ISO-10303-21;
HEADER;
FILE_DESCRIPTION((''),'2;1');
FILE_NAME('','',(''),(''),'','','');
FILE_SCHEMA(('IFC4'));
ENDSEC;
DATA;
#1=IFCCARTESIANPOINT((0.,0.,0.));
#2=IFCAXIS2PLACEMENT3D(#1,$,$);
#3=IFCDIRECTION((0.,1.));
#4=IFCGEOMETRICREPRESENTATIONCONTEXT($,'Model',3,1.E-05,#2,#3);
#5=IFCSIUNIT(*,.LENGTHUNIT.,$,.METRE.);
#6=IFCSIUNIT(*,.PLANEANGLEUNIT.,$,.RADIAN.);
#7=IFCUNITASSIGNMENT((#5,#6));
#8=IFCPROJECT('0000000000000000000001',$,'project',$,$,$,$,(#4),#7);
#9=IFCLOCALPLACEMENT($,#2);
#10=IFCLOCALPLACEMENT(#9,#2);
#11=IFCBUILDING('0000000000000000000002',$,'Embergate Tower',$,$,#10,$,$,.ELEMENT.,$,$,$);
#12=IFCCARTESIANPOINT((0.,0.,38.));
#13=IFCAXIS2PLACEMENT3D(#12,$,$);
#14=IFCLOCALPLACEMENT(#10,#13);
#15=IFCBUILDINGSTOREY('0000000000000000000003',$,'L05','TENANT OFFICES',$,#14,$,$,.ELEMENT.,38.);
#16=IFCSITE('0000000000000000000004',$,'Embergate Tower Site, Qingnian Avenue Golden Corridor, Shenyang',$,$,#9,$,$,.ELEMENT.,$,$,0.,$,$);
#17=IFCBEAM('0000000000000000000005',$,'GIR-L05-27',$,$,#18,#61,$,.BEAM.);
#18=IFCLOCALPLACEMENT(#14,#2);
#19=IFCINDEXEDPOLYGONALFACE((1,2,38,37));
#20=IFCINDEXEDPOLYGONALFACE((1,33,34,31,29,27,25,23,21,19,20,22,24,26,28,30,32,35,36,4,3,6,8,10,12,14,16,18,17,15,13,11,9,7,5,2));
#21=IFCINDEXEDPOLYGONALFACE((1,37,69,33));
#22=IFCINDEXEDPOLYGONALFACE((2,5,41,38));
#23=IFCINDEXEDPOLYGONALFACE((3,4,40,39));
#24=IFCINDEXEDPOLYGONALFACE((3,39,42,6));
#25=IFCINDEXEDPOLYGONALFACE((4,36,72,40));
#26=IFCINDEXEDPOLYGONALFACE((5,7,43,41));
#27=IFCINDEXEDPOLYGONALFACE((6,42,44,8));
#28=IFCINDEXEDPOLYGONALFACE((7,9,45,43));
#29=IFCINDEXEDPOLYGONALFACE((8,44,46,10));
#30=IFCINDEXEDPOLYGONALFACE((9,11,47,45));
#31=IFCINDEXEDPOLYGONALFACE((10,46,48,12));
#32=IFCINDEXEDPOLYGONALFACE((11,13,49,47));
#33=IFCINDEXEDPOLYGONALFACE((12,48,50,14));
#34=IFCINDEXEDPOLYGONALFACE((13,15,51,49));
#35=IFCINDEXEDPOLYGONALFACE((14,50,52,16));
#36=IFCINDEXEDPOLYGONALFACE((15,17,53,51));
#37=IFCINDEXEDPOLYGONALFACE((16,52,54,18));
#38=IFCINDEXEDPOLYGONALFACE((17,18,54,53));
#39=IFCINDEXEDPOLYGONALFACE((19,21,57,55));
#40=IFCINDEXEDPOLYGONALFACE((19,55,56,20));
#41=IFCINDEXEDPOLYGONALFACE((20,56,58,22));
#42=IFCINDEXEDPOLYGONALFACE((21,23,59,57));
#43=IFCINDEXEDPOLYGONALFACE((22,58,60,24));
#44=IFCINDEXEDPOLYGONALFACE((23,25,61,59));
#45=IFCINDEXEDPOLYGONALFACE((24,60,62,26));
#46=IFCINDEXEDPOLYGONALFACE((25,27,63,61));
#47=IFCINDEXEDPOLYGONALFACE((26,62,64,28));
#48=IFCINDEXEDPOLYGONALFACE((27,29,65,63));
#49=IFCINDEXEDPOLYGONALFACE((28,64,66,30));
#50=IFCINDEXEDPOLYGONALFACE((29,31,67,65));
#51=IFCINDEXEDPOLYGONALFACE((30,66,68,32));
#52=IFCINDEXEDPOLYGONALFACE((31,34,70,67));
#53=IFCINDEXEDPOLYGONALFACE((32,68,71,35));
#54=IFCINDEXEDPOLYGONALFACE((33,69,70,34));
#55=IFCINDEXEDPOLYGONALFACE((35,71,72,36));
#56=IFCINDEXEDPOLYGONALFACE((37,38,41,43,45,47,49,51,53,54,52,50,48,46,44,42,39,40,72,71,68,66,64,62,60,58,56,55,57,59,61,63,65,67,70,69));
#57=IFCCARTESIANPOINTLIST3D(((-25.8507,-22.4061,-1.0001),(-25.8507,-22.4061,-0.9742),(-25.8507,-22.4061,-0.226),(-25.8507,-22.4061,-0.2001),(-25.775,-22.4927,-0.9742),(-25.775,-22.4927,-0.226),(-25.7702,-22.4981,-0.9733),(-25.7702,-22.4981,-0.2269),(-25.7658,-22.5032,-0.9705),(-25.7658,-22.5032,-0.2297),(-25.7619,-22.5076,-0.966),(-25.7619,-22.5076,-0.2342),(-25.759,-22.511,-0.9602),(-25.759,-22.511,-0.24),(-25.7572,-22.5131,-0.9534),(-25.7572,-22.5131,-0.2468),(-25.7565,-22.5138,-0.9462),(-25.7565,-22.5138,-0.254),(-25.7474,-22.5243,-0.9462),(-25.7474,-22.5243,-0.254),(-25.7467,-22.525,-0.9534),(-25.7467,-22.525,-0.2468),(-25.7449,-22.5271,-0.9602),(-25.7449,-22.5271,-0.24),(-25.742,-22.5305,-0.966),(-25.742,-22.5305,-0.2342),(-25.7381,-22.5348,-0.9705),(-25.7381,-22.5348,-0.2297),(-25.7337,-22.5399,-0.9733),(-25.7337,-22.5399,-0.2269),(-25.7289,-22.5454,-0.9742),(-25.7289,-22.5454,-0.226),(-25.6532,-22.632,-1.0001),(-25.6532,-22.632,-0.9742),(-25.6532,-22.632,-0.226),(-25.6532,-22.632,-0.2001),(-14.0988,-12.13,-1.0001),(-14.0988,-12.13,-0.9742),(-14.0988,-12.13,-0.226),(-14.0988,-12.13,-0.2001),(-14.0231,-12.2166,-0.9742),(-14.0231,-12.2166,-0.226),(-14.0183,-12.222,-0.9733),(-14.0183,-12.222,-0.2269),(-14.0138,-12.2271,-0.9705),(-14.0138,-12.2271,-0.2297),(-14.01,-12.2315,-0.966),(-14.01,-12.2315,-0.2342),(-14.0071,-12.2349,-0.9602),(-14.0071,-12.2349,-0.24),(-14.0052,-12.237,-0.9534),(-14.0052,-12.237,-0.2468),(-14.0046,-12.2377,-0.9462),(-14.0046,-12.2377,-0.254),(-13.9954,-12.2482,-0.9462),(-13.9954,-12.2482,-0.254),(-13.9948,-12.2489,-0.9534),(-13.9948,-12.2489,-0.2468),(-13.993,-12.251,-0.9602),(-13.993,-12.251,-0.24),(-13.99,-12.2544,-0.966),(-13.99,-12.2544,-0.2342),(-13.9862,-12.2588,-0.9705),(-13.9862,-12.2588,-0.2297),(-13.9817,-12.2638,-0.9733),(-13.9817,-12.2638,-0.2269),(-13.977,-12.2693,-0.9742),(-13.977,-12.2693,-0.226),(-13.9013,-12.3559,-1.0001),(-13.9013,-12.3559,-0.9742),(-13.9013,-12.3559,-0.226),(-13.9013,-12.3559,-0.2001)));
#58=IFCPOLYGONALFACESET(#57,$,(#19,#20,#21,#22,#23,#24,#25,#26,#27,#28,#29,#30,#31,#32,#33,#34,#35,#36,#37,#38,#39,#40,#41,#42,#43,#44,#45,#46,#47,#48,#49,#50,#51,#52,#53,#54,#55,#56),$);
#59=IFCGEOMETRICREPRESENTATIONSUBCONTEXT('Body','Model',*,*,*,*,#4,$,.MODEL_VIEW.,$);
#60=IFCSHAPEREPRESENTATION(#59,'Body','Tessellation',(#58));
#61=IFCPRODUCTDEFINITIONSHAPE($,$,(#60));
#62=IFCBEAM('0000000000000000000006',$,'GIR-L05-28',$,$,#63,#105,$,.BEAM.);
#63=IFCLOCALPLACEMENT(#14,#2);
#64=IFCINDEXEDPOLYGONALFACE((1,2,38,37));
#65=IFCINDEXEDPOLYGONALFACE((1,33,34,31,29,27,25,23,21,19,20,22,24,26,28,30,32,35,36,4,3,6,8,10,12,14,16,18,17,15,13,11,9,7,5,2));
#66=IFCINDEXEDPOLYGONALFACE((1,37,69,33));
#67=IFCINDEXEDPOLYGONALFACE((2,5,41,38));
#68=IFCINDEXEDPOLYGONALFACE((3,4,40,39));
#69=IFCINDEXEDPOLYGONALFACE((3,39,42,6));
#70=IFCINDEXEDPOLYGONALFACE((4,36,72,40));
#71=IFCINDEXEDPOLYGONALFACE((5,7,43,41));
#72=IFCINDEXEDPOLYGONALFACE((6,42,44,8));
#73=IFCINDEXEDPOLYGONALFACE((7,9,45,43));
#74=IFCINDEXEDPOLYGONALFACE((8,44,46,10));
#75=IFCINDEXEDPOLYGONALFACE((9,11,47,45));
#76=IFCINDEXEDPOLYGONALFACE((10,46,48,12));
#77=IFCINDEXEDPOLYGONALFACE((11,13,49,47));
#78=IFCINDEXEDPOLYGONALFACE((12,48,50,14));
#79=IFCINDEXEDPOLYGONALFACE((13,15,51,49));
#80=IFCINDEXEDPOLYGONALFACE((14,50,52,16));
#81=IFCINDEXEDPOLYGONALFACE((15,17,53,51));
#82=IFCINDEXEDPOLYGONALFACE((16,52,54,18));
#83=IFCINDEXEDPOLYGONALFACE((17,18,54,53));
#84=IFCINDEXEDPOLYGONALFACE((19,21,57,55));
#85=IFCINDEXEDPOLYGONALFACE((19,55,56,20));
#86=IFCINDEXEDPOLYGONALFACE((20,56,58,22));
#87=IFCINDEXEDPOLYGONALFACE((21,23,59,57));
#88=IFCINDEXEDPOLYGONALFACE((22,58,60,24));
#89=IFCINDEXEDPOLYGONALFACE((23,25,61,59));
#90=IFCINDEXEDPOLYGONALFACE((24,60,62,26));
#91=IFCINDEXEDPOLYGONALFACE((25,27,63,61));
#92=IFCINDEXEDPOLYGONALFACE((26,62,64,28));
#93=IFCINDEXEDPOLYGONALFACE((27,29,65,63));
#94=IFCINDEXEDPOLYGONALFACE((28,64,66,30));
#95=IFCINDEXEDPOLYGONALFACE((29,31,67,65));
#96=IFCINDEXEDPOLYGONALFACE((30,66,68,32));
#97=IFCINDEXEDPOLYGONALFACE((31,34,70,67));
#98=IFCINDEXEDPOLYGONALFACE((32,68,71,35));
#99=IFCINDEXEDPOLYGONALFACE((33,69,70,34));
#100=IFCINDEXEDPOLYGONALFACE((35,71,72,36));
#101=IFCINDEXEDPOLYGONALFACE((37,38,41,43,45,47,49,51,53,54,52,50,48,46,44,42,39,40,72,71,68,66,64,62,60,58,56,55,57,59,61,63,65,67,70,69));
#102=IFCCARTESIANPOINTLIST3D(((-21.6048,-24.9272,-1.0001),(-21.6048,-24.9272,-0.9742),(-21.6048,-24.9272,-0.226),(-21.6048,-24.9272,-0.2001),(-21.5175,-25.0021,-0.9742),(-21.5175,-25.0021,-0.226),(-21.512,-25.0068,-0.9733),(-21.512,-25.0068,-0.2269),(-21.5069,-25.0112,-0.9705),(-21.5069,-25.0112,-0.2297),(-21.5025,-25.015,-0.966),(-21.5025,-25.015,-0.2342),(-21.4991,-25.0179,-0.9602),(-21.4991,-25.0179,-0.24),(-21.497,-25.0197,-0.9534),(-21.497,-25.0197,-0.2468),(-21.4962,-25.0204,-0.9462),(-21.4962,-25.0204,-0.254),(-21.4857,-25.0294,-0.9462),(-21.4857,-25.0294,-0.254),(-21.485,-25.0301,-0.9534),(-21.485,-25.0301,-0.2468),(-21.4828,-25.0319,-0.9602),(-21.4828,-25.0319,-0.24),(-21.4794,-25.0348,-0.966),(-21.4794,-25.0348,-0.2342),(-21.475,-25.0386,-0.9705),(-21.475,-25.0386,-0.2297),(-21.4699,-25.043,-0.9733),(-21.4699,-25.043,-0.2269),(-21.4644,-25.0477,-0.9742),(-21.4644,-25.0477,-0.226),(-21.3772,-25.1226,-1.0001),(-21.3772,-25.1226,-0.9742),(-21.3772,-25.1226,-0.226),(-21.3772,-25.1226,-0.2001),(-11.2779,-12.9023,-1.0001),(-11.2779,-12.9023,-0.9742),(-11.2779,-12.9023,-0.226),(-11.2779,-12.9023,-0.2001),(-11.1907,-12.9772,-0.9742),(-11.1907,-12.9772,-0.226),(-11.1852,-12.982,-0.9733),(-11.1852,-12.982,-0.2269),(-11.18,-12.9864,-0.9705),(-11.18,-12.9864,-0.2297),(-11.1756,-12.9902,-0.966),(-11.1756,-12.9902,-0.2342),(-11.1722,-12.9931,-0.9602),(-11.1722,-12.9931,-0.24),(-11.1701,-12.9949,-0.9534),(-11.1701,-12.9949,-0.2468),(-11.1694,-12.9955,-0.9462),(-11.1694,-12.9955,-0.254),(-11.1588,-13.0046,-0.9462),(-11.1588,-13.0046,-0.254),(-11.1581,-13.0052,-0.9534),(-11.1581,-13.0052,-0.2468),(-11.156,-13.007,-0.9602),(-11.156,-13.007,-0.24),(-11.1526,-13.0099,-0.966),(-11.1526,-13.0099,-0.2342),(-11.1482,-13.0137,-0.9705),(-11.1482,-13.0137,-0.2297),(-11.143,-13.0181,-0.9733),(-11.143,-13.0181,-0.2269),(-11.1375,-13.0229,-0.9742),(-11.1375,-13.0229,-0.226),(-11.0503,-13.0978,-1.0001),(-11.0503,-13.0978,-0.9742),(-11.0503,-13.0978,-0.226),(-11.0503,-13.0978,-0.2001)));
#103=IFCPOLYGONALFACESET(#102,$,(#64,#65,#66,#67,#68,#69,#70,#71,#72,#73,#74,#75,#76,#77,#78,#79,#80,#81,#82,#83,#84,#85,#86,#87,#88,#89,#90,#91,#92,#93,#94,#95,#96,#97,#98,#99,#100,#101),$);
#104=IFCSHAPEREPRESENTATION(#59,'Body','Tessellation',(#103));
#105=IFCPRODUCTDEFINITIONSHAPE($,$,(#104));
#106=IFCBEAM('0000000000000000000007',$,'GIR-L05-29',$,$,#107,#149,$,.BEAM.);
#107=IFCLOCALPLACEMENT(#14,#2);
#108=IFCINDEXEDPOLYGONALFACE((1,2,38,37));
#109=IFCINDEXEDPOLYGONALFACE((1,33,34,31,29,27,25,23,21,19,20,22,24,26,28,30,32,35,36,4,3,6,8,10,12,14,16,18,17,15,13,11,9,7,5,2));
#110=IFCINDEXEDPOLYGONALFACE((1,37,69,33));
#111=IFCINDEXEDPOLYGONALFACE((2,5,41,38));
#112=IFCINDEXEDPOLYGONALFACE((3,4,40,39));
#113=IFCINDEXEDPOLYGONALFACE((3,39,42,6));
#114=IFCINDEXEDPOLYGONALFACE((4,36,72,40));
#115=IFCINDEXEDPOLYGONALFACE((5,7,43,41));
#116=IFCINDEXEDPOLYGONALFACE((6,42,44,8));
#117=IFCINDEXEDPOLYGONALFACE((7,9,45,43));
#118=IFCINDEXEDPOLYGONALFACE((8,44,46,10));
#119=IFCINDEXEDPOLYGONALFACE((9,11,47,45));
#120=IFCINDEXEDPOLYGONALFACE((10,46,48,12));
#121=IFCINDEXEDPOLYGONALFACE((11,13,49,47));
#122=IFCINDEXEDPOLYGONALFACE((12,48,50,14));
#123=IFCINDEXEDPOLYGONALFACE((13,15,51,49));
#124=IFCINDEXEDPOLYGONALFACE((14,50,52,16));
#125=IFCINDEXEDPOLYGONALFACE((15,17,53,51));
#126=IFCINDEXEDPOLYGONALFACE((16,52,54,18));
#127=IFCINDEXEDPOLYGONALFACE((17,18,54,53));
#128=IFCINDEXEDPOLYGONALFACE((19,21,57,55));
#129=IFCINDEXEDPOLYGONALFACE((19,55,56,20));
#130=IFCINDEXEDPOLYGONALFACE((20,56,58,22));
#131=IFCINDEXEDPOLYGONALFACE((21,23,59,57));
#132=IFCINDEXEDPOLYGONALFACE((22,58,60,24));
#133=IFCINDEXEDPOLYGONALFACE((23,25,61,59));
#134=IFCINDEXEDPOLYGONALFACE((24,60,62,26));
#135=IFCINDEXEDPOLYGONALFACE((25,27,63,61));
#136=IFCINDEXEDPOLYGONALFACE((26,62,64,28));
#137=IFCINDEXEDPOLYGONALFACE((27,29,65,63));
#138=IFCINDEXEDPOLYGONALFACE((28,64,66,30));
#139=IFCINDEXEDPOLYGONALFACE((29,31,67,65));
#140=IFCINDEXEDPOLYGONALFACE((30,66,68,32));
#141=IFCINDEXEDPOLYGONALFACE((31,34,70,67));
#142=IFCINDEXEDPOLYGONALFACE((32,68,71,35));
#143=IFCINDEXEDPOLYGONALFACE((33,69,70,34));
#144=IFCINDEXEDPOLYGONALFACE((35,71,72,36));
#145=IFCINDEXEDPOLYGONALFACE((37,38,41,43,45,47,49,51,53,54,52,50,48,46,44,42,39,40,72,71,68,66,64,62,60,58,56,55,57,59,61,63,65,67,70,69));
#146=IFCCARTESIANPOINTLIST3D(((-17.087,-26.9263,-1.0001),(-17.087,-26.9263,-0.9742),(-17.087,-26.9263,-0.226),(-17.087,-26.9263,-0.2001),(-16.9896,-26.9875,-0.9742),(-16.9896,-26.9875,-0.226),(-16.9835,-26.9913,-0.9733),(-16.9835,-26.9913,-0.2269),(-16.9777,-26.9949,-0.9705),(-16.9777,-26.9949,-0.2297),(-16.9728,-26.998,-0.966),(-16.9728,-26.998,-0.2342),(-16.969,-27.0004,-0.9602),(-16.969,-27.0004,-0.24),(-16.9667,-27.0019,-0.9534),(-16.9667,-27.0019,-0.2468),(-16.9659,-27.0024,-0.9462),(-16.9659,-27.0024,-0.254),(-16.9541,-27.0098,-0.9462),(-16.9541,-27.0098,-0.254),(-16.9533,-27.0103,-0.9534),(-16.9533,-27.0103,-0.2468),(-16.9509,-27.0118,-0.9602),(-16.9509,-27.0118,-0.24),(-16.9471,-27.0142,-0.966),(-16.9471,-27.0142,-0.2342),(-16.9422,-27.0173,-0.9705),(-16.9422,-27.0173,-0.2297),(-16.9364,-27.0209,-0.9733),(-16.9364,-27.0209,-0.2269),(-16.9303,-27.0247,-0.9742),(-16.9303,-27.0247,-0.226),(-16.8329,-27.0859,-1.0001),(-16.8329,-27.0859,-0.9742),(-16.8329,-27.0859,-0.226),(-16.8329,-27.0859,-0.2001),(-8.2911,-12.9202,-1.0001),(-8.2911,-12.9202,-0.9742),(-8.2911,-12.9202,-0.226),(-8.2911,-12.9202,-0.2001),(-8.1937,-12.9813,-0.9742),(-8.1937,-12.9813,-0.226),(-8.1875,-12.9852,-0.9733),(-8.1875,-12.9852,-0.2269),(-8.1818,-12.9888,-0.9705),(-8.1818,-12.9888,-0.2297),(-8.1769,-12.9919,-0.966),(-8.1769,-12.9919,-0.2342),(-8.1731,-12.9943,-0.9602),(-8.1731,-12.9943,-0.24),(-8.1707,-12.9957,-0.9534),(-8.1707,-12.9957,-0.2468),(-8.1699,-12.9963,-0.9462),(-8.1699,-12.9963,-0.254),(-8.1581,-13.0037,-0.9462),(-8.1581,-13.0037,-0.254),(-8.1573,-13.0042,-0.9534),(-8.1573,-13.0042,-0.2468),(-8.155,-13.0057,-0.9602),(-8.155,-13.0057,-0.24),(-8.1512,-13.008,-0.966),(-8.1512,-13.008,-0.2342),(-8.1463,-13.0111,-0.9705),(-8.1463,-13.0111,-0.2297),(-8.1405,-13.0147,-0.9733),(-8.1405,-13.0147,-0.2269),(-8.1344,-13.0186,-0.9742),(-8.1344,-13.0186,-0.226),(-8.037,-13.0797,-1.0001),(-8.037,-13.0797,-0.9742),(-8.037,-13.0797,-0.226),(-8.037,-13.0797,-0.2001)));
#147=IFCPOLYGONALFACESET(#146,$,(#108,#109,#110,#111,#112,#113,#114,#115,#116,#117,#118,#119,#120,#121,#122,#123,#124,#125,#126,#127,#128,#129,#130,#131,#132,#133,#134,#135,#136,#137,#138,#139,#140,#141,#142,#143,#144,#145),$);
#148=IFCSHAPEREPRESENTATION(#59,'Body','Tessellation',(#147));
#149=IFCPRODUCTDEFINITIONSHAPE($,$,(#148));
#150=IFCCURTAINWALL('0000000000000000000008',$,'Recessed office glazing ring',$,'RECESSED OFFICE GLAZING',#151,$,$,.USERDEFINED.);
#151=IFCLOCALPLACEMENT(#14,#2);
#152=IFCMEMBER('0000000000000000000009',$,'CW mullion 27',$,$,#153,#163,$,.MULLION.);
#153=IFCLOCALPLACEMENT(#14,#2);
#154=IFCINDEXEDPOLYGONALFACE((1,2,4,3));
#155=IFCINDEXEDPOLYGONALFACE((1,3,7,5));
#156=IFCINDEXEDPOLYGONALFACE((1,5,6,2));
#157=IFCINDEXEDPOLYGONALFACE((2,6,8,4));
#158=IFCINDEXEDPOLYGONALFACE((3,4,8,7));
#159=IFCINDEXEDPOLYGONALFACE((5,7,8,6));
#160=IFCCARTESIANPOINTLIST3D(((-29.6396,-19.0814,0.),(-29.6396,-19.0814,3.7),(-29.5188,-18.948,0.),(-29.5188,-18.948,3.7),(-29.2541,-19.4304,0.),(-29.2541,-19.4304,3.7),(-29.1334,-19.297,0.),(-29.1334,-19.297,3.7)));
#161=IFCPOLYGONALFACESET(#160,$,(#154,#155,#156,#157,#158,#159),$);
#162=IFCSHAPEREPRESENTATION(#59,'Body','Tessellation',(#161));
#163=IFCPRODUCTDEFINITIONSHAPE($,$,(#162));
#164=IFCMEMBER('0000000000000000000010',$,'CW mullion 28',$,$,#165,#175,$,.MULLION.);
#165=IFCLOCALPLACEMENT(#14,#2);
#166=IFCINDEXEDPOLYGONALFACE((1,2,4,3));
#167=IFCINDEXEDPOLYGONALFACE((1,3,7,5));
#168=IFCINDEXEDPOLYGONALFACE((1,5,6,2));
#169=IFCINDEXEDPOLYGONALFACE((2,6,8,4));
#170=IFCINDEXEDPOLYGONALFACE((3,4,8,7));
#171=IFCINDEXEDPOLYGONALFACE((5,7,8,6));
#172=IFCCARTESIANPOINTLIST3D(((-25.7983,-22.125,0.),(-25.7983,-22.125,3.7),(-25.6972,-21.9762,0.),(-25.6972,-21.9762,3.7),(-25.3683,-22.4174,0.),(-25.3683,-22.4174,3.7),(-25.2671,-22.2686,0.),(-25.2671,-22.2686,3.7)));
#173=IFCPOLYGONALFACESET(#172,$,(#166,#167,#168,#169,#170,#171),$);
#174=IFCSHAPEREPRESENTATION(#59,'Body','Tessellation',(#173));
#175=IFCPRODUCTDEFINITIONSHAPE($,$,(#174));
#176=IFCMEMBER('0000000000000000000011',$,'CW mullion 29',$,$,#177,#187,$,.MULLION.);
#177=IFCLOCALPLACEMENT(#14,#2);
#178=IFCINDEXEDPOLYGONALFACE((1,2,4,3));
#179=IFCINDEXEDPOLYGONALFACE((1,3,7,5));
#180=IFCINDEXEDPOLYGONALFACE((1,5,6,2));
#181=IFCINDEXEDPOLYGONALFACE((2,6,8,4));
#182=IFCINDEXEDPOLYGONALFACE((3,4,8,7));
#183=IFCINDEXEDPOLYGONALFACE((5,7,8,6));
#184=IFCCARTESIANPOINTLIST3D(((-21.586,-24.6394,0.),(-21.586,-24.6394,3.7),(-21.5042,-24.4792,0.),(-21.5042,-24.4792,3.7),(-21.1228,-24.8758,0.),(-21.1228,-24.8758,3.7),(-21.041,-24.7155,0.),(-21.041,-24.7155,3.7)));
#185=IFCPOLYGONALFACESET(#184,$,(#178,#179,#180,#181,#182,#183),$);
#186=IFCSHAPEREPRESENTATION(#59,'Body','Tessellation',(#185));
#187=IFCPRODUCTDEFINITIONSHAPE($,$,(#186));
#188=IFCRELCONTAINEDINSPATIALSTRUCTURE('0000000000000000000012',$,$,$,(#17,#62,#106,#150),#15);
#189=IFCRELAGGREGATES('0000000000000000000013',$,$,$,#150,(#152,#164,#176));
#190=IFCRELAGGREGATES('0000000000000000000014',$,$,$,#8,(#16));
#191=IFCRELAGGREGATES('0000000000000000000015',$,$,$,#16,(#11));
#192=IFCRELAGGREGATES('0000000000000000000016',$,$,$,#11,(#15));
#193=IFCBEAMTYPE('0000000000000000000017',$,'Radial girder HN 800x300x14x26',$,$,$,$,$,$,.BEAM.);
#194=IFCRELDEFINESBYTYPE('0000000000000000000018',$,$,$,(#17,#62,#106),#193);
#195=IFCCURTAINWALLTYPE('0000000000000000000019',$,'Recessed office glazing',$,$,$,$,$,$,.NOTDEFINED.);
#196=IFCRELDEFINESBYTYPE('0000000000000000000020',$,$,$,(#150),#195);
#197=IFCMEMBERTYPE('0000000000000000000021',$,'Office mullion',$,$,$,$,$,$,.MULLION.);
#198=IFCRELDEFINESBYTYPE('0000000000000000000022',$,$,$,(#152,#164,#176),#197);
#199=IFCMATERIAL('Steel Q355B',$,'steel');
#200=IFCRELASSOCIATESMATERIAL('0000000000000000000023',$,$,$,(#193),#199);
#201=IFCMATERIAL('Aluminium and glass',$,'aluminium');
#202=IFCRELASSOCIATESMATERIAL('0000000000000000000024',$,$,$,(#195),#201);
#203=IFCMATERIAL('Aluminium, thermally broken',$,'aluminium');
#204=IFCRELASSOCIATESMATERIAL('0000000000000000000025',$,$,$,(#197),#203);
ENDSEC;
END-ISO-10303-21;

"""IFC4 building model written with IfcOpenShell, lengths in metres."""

from ifc_helpers import new_model, si_unit, direction, frame, origin, origin_2d, place, context, subcontext, project, spatial, rectangle, i_section, extrude, source, transform, mapped, material, material_profile, profile_set, type_object, element, aggregate, save


model = new_model("IFC4")

# Units and contexts
model_context = context("Model", 3, precision=1e-05, world=origin(), true_north=direction((0.0, 1.0)))
body_context = subcontext(model_context, "Body", "Model", "MODEL_VIEW")
ifc_project = project(units=[si_unit("LENGTHUNIT", "METRE"), si_unit("PLANEANGLEUNIT", "RADIAN")], contexts=[model_context])

# Site, building, storey
site_placement = place(None, origin())
site = spatial("IfcSite", under=ifc_project, at=site_placement, Name="Embergate Tower Site, Qingnian Avenue Golden Corridor, Shenyang", CompositionType="ELEMENT", RefElevation=0.0)
building_placement = place(site_placement, origin())
building = spatial("IfcBuilding", under=site, at=building_placement, Name="Embergate Tower", CompositionType="ELEMENT")
storey_placement = place(building_placement, frame((0.0, 0.0, 38.0)))
storey = spatial("IfcBuildingStorey", under=building, at=storey_placement, Name="L05", Description="TENANT OFFICES", CompositionType="ELEMENT", Elevation=38.0)

# Beams
ifc_material_1 = material(Name="Steel Q355B", Category="steel")
ifc_material_profile_1 = material_profile(ifc_material_1, i_section(OverallWidth=0.3, OverallDepth=0.8, WebThickness=0.0139, FlangeThickness=0.0259, FilletRadius=0.0281, at=origin_2d()), Name="HN 800x300x14x26")
ifc_profile_set_1 = profile_set([ifc_material_profile_1], Name="Steel Q355 grade B")
beam_type_1 = type_object("IfcBeamType", Name="Radial girder HN 800x300x14x26", PredefinedType="BEAM", material=ifc_profile_set_1)
shared_shape_1 = source(origin(), body_context, "Body", "SweptSolid", [
    extrude(i_section(OverallWidth=0.3, OverallDepth=0.8, WebThickness=0.0139, FlangeThickness=0.0259, FilletRadius=0.0281, at=origin_2d()), origin(), (0.0, 0.0, 1.0), 15.6111),
])
beam_1_placement = place(storey_placement, frame((-25.752, -22.519, -0.6001), z_axis=(0.752794, 0.658257, 0.0), x_axis=(-0.658257, 0.752794, 0.0)))
element("IfcBeam", 1, at=beam_1_placement, inside=storey, type_object=beam_type_1, Name="GIR-L05-27", PredefinedType="BEAM", context=body_context, shape_type="MappedRepresentation", body=[
    mapped(shared_shape_1, transform((0.0, 0.0, 0.0))),
])
shared_shape_2 = source(origin(), body_context, "Body", "SweptSolid", [
    extrude(i_section(OverallWidth=0.3, OverallDepth=0.8, WebThickness=0.0139, FlangeThickness=0.0259, FilletRadius=0.0281, at=origin_2d()), origin(), (0.0, 0.0, 1.0), 15.8506),
])
beam_2_placement = place(storey_placement, frame((-21.491, -25.0249, -0.6001), z_axis=(0.651513, 0.758638, 0.0), x_axis=(-0.758638, 0.651513, 0.0)))
element("IfcBeam", 2, at=beam_2_placement, inside=storey, type_object=beam_type_1, Name="GIR-L05-28", PredefinedType="BEAM", context=body_context, shape_type="MappedRepresentation", body=[
    mapped(shared_shape_2, transform((0.0, 0.0, 0.0))),
])
shared_shape_3 = source(origin(), body_context, "Body", "SweptSolid", [
    extrude(i_section(OverallWidth=0.3, OverallDepth=0.8, WebThickness=0.0139, FlangeThickness=0.0259, FilletRadius=0.0281, at=origin_2d()), origin(), (0.0, 0.0, 1.0), 16.5391),
])
beam_3_placement = place(storey_placement, frame((-16.96, -27.0061, -0.6001), z_axis=(0.531827, 0.846853, 0.0), x_axis=(-0.846853, 0.531827, 0.0)))
element("IfcBeam", 3, at=beam_3_placement, inside=storey, type_object=beam_type_1, Name="GIR-L05-29", PredefinedType="BEAM", context=body_context, shape_type="MappedRepresentation", body=[
    mapped(shared_shape_3, transform((0.0, 0.0, 0.0))),
])

# Curtain wall, members
ifc_material_2 = material(Name="Aluminium and glass", Category="aluminium")
curtain_wall_type = type_object("IfcCurtainWallType", Name="Recessed office glazing", PredefinedType="NOTDEFINED", material=ifc_material_2)
curtain_wall_placement = place(storey_placement, origin())
curtain_wall = element("IfcCurtainWall", 4, at=curtain_wall_placement, inside=storey, type_object=curtain_wall_type, Name="Recessed office glazing ring", ObjectType="RECESSED OFFICE GLAZING", PredefinedType="USERDEFINED")
ifc_material_3 = material(Name="Aluminium, thermally broken", Category="aluminium")
ifc_material_profile_2 = material_profile(ifc_material_3, rectangle(XDim=0.1799, YDim=0.52, at=origin_2d()), Name="AL 520x180")
ifc_profile_set_2 = profile_set([ifc_material_profile_2], Name="Aluminium, thermally broken")
member_type_1 = type_object("IfcMemberType", Name="Office mullion", PredefinedType="MULLION", material=ifc_profile_set_2)
shared_shape_4 = source(origin(), body_context, "Body", "SweptSolid", [
    extrude(rectangle(XDim=0.1799, YDim=0.52, at=origin_2d()), origin(), (0.0, 0.0, 1.0), 3.7),
])
member_1_placement = place(storey_placement, frame((-29.3865, -19.1892, 0.0), z_axis=(0.0, 0.0, 1.0), x_axis=(0.671227, 0.741252, 0.0)))
member_1 = element("IfcMember", 5, at=member_1_placement, type_object=member_type_1, Name="CW mullion 27", PredefinedType="MULLION", context=body_context, shape_type="MappedRepresentation", body=[
    mapped(shared_shape_4, transform((0.0, 0.0, 0.0))),
])
member_2_placement = place(storey_placement, frame((-25.5327, -22.1968, 0.0), z_axis=(0.0, 0.0, 1.0), x_axis=(0.562216, 0.82699, 0.0)))
member_2 = element("IfcMember", 6, at=member_2_placement, type_object=member_type_1, Name="CW mullion 28", PredefinedType="MULLION", context=body_context, shape_type="MappedRepresentation", body=[
    mapped(shared_shape_4, transform((0.0, 0.0, 0.0))),
])
member_3_placement = place(storey_placement, frame((-21.3135, -24.6775, 0.0), z_axis=(0.0, 0.0, 1.0), x_axis=(0.45451, 0.890742, 0.0)))
member_3 = element("IfcMember", 7, at=member_3_placement, type_object=member_type_1, Name="CW mullion 29", PredefinedType="MULLION", context=body_context, shape_type="MappedRepresentation", body=[
    mapped(shared_shape_4, transform((0.0, 0.0, 0.0))),
])
aggregate(curtain_wall, [member_1, member_2, member_3])

save(model, "model.ifc")
